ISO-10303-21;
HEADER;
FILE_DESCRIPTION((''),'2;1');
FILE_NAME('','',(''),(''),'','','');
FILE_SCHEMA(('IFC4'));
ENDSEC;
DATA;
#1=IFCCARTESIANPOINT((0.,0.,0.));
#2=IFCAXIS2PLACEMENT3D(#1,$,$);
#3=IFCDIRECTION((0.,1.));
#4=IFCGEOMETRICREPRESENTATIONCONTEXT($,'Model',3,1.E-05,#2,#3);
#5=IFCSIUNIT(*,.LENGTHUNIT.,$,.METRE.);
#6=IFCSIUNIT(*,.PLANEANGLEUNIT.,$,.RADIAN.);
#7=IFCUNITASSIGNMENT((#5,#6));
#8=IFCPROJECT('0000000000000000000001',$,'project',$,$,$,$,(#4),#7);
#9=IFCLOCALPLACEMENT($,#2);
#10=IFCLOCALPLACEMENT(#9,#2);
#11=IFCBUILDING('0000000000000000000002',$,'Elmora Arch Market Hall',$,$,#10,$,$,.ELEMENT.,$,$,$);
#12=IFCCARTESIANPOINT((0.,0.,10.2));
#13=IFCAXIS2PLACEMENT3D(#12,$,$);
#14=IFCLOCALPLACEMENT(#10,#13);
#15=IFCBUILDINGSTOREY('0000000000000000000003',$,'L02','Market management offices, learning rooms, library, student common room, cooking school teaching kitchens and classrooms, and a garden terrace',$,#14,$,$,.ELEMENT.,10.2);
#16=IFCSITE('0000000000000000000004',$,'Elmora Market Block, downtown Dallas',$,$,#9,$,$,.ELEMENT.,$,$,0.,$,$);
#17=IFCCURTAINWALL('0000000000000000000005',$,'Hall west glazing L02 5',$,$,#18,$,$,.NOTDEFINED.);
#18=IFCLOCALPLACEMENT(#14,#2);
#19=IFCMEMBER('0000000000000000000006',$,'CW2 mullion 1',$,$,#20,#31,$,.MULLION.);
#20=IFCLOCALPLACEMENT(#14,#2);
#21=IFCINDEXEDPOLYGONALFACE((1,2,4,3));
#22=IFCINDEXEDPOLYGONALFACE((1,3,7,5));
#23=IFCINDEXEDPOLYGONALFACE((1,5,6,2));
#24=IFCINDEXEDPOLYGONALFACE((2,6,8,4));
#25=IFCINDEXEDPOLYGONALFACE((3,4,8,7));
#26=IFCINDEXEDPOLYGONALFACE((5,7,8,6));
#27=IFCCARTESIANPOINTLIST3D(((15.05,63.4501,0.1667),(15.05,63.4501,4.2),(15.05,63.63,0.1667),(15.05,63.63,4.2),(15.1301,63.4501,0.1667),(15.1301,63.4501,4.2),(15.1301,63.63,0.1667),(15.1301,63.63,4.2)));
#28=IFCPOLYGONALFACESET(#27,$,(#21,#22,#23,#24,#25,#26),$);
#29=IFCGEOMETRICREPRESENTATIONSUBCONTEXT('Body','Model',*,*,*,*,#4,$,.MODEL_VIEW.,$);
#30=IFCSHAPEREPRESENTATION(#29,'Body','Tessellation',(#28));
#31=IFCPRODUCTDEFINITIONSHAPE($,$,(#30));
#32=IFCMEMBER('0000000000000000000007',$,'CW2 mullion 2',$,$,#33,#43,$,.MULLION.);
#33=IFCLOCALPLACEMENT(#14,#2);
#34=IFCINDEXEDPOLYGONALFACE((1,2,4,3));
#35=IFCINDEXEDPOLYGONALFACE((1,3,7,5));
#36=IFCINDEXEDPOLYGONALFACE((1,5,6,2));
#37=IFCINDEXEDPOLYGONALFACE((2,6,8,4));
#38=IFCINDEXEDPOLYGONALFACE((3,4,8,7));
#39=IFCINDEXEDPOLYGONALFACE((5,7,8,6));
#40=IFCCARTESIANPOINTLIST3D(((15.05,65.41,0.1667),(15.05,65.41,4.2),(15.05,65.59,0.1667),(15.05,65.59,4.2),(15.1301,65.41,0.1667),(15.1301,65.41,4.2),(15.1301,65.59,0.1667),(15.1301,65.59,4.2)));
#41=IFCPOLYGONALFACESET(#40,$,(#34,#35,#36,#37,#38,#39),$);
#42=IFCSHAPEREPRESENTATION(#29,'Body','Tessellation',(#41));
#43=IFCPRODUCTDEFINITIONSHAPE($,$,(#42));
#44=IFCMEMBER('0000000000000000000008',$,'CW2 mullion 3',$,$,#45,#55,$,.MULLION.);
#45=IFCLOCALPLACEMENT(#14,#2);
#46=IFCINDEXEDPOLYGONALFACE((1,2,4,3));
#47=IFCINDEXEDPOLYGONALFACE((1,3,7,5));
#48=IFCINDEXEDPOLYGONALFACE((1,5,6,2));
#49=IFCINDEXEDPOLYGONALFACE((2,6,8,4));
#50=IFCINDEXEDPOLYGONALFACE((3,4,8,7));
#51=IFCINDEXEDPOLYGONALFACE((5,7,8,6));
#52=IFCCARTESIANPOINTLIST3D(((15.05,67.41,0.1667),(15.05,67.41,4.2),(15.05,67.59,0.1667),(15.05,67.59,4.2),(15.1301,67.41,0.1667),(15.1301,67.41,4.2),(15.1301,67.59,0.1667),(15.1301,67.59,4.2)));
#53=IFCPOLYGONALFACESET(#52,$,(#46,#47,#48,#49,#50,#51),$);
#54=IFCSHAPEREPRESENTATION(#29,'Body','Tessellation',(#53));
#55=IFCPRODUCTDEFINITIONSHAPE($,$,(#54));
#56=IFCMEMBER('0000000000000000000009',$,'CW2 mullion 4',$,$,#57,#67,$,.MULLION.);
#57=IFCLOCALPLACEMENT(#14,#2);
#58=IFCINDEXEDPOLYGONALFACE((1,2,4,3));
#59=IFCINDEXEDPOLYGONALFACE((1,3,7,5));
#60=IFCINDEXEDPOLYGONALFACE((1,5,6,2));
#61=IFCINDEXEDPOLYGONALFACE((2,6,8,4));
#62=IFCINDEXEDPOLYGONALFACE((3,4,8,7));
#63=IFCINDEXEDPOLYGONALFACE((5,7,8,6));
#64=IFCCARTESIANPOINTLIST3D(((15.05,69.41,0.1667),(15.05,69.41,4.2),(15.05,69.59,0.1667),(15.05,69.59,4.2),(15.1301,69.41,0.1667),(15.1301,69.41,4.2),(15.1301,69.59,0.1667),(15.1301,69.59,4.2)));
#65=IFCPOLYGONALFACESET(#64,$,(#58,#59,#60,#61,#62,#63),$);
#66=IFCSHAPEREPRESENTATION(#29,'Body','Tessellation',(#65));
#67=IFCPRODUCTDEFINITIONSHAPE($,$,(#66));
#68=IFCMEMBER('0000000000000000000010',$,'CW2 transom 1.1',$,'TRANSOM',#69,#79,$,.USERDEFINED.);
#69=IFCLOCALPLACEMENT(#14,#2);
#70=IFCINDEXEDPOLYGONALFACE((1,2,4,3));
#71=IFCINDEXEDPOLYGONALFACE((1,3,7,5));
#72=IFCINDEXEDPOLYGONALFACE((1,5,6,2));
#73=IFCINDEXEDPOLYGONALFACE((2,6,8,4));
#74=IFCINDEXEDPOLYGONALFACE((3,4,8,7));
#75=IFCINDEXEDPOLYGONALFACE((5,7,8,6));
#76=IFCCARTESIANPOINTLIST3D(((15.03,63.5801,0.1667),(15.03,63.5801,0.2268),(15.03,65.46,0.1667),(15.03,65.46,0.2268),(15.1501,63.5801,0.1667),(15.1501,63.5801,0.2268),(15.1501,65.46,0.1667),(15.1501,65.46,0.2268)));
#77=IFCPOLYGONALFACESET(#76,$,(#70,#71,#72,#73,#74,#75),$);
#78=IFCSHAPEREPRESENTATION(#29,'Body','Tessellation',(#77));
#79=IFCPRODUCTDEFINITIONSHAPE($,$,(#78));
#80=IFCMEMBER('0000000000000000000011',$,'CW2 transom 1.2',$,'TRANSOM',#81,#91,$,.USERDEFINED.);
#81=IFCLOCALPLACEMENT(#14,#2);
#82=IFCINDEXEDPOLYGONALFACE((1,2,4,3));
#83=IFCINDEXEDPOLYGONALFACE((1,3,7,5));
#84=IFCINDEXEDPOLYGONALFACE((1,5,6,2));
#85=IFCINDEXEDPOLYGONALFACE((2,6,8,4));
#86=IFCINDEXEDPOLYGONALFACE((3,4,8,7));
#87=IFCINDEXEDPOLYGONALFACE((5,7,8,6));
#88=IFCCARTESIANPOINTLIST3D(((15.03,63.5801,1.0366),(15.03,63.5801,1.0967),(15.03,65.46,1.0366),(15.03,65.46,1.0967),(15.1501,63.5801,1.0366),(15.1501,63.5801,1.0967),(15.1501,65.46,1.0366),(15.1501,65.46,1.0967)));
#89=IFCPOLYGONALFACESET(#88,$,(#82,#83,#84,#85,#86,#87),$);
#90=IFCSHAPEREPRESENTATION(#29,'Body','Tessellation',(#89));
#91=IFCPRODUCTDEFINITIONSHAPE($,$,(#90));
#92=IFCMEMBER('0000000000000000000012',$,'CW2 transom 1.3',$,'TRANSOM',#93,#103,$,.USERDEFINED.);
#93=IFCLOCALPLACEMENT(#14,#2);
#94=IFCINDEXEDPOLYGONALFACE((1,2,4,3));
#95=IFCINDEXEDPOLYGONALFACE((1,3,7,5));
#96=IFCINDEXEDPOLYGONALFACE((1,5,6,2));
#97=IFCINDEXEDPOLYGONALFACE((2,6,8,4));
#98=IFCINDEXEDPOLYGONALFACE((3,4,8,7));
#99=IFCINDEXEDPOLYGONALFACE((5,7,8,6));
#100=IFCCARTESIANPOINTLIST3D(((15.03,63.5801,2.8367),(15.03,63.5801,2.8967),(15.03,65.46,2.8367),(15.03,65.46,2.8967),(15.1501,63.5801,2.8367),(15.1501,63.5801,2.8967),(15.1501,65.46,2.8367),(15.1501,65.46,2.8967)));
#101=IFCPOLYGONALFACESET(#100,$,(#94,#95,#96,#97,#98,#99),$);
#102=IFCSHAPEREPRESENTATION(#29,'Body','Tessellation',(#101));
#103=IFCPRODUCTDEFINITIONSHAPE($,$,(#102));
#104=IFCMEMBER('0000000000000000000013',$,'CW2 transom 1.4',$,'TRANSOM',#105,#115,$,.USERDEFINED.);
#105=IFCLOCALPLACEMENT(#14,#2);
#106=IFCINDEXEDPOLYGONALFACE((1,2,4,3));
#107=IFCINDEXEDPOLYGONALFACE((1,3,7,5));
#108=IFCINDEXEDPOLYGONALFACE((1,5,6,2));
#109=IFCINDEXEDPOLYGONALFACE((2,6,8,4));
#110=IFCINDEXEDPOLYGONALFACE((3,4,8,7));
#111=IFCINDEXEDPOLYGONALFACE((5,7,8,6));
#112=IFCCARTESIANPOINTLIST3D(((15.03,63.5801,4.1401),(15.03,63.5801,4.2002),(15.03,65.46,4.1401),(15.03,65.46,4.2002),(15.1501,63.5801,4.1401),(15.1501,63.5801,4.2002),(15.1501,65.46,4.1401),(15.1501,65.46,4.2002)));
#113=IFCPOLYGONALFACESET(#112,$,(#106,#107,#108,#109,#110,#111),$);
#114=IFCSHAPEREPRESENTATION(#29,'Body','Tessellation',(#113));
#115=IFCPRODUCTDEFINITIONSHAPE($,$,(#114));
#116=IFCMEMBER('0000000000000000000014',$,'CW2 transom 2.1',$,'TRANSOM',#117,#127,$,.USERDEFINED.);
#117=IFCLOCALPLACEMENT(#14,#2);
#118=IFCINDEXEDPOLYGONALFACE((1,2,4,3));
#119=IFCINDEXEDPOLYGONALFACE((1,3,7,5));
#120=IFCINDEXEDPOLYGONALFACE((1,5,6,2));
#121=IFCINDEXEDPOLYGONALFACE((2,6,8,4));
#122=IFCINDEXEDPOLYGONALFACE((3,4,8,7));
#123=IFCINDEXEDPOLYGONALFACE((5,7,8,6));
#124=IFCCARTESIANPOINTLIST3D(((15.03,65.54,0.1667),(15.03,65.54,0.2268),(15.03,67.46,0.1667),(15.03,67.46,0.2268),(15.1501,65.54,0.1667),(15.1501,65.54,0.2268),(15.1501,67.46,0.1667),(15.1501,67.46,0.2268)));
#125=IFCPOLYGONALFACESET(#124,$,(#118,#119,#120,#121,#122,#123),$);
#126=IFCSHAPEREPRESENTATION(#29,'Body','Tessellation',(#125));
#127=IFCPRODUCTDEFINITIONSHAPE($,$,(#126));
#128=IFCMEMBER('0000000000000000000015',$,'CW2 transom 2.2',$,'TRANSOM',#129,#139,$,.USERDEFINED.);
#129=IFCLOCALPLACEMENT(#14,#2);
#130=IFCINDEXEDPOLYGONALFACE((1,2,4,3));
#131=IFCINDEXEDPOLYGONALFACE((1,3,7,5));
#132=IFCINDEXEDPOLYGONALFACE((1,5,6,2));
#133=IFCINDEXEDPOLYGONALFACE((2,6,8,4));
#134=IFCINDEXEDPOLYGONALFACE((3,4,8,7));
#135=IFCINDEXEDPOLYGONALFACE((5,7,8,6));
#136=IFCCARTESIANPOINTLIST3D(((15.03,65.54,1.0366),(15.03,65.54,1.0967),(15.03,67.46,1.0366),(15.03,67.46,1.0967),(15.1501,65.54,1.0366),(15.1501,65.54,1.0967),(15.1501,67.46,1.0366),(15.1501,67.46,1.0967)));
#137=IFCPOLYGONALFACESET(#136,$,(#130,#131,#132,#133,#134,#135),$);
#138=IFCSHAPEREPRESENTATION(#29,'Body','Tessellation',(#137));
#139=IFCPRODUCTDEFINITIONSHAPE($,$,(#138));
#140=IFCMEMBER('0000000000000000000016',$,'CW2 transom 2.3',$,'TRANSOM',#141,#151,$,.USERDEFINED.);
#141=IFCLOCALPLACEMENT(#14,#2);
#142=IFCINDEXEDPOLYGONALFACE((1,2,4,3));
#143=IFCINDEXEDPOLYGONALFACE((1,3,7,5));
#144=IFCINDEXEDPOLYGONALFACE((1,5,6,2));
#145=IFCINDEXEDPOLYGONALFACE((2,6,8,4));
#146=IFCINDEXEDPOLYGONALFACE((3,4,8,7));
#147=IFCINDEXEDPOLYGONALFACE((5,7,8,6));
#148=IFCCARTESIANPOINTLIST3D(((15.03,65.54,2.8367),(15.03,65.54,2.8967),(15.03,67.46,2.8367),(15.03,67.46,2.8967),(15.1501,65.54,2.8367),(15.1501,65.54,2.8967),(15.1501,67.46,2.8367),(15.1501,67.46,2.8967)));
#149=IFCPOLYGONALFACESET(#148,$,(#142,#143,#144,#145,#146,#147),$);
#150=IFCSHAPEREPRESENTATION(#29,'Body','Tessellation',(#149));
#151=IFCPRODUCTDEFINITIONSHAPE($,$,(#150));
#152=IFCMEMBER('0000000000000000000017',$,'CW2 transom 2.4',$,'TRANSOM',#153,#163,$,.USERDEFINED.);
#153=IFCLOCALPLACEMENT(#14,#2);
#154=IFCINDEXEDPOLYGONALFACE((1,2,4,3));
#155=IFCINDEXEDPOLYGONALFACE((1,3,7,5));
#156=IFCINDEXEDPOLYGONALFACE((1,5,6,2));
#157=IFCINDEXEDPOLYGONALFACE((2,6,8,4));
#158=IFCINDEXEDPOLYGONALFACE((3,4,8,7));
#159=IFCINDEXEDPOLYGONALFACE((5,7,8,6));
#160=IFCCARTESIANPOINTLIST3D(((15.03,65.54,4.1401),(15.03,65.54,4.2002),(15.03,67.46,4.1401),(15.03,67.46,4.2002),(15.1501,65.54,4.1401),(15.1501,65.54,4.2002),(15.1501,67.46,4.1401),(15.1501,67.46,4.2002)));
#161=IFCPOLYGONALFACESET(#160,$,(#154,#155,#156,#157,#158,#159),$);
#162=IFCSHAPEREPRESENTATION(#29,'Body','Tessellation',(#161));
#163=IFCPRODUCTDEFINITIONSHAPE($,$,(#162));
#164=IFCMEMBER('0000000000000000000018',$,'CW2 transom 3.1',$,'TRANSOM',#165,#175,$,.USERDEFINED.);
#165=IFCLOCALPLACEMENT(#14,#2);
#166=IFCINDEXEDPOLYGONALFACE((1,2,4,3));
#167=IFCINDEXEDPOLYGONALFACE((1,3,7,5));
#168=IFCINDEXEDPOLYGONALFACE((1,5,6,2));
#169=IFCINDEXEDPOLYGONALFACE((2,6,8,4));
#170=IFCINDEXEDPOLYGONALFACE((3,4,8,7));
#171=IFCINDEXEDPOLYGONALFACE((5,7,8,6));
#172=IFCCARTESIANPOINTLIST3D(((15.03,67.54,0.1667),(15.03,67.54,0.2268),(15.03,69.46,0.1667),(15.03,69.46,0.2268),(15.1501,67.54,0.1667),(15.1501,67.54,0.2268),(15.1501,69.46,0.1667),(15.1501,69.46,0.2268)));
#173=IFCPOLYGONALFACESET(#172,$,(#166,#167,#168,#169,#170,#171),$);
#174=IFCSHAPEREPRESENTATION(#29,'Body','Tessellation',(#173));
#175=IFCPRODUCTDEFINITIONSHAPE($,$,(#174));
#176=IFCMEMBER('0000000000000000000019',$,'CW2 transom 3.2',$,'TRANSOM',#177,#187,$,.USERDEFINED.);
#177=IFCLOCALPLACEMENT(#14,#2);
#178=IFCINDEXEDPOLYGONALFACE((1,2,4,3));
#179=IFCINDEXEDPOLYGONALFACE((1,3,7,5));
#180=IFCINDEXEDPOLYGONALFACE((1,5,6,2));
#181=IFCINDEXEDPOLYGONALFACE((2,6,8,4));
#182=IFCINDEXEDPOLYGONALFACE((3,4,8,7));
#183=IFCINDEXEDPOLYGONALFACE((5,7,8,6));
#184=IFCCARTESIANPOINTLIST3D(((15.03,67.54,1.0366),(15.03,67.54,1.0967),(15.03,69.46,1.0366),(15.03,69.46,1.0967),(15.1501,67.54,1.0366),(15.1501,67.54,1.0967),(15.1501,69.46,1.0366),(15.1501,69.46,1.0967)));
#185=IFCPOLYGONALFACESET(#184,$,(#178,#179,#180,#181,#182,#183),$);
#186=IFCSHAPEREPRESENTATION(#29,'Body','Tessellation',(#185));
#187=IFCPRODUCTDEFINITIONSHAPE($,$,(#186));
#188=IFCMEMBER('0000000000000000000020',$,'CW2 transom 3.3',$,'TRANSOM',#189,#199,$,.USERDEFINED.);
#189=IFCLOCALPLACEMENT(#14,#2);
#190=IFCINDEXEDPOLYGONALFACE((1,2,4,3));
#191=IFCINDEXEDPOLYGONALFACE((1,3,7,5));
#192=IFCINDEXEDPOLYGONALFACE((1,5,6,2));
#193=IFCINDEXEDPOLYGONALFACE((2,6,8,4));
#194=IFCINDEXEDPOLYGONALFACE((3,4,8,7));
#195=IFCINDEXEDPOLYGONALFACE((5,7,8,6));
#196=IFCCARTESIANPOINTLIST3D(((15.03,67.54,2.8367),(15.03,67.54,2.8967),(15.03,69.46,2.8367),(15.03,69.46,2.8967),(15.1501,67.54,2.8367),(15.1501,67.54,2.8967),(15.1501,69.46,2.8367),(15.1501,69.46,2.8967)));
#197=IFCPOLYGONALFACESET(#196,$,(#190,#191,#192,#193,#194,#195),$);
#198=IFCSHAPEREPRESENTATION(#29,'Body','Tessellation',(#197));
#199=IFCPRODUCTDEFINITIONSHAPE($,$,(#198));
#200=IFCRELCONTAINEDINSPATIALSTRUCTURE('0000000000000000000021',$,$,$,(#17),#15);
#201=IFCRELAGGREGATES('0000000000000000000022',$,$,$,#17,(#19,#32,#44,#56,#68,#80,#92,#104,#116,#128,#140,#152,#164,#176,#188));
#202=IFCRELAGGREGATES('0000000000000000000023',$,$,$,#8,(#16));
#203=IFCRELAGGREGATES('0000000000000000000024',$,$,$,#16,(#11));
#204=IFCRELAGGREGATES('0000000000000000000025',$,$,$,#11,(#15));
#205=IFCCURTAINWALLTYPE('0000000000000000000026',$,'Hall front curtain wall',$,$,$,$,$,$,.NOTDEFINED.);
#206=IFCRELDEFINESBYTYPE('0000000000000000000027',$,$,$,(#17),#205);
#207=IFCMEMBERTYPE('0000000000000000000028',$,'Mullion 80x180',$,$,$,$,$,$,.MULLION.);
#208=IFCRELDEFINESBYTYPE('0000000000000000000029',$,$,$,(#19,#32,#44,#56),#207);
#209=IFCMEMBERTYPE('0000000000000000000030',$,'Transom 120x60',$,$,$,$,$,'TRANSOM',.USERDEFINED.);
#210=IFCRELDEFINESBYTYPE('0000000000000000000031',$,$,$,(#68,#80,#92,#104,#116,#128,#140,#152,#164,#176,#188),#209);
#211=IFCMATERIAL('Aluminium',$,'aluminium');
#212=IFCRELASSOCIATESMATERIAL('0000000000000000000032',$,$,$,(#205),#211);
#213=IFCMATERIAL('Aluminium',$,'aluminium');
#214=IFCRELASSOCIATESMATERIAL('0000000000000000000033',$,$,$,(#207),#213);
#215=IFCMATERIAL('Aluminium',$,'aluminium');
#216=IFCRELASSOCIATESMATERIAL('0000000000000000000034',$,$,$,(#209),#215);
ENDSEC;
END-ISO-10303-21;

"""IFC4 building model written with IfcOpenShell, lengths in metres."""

from ifc_helpers import new_model, si_unit, direction, frame, origin, origin_2d, place, context, subcontext, project, spatial, rectangle, extrude, material, material_profile, profile_set, type_object, element, aggregate, save


model = new_model("IFC4")

# Units and contexts
model_context = context("Model", 3, precision=1e-05, world=origin(), true_north=direction((0.0, 1.0)))
body_context = subcontext(model_context, "Body", "Model", "MODEL_VIEW")
ifc_project = project(units=[si_unit("LENGTHUNIT", "METRE"), si_unit("PLANEANGLEUNIT", "RADIAN")], contexts=[model_context])

# Site, building, storey
site_placement = place(None, origin())
site = spatial("IfcSite", under=ifc_project, at=site_placement, Name="Elmora Market Block, downtown Dallas", CompositionType="ELEMENT", RefElevation=0.0)
building_placement = place(site_placement, origin())
building = spatial("IfcBuilding", under=site, at=building_placement, Name="Elmora Arch Market Hall", CompositionType="ELEMENT")
storey_placement = place(building_placement, frame((0.0, 0.0, 10.2)))
storey = spatial("IfcBuildingStorey", under=building, at=storey_placement, Name="L02", Description="Market management offices, learning rooms, library, student common room, cooking school teaching kitchens and classrooms, and a garden terrace", CompositionType="ELEMENT", Elevation=10.2)

# Curtain wall, members
ifc_material_1 = material(Name="Aluminium", Category="aluminium")
curtain_wall_type = type_object("IfcCurtainWallType", Name="Hall front curtain wall", PredefinedType="NOTDEFINED", material=ifc_material_1)
curtain_wall_placement = place(storey_placement, origin())
curtain_wall = element("IfcCurtainWall", 1, at=curtain_wall_placement, inside=storey, type_object=curtain_wall_type, Name="Hall west glazing L02 5", PredefinedType="NOTDEFINED")
ifc_material_2 = material(Name="Aluminium", Category="aluminium")
ifc_material_profile_1 = material_profile(ifc_material_2, rectangle(XDim=0.0801, YDim=0.1799, at=origin_2d()), Name="AL 80x180")
ifc_profile_set_1 = profile_set([ifc_material_profile_1], Name="Aluminium")
member_type_1 = type_object("IfcMemberType", Name="Mullion 80x180", PredefinedType="MULLION", material=ifc_profile_set_1)
member_1_placement = place(storey_placement, frame((15.0901, 63.54, 0.1667), z_axis=(0.0, 0.0, 1.0), x_axis=(-1.0, 0.0, 0.0)))
member_1 = element("IfcMember", 2, at=member_1_placement, type_object=member_type_1, Name="CW2 mullion 1", PredefinedType="MULLION", context=body_context, shape_type="SweptSolid", body=[
    extrude(rectangle(XDim=0.0801, YDim=0.1799, at=origin_2d()), origin(), (0.0, 0.0, 1.0), 4.0332),
])
member_2_placement = place(storey_placement, frame((15.0901, 65.5, 0.1667), z_axis=(0.0, 0.0, 1.0), x_axis=(-1.0, 0.0, 0.0)))
member_2 = element("IfcMember", 3, at=member_2_placement, type_object=member_type_1, Name="CW2 mullion 2", PredefinedType="MULLION", context=body_context, shape_type="SweptSolid", body=[
    extrude(rectangle(XDim=0.0801, YDim=0.1799, at=origin_2d()), origin(), (0.0, 0.0, 1.0), 4.0332),
])
member_3_placement = place(storey_placement, frame((15.0901, 67.5, 0.1667), z_axis=(0.0, 0.0, 1.0), x_axis=(-1.0, 0.0, 0.0)))
member_3 = element("IfcMember", 4, at=member_3_placement, type_object=member_type_1, Name="CW2 mullion 3", PredefinedType="MULLION", context=body_context, shape_type="SweptSolid", body=[
    extrude(rectangle(XDim=0.0801, YDim=0.1799, at=origin_2d()), origin(), (0.0, 0.0, 1.0), 4.0332),
])
member_4_placement = place(storey_placement, frame((15.0901, 69.5, 0.1667), z_axis=(0.0, 0.0, 1.0), x_axis=(-1.0, 0.0, 0.0)))
member_4 = element("IfcMember", 5, at=member_4_placement, type_object=member_type_1, Name="CW2 mullion 4", PredefinedType="MULLION", context=body_context, shape_type="SweptSolid", body=[
    extrude(rectangle(XDim=0.0801, YDim=0.1799, at=origin_2d()), origin(), (0.0, 0.0, 1.0), 4.0332),
])
ifc_material_3 = material(Name="Aluminium", Category="aluminium")
ifc_material_profile_2 = material_profile(ifc_material_3, rectangle(XDim=0.1201, YDim=0.0601, at=origin_2d()), Name="AL 120x60")
ifc_profile_set_2 = profile_set([ifc_material_profile_2], Name="Aluminium")
member_type_2 = type_object("IfcMemberType", Name="Transom 120x60", ElementType="TRANSOM", PredefinedType="USERDEFINED", material=ifc_profile_set_2)
member_5_placement = place(storey_placement, frame((15.0901, 63.5801, 0.1968), z_axis=(0.0, 1.0, 0.0), x_axis=(-1.0, 0.0, 0.0)))
member_5 = element("IfcMember", 6, at=member_5_placement, type_object=member_type_2, Name="CW2 transom 1.1", ObjectType="TRANSOM", PredefinedType="USERDEFINED", context=body_context, shape_type="SweptSolid", body=[
    extrude(rectangle(XDim=0.1201, YDim=0.0601, at=origin_2d()), origin(), (0.0, 0.0, 1.0), 1.8799),
])
member_6_placement = place(storey_placement, frame((15.0901, 63.5801, 1.0667), z_axis=(0.0, 1.0, 0.0), x_axis=(-1.0, 0.0, 0.0)))
member_6 = element("IfcMember", 7, at=member_6_placement, type_object=member_type_2, Name="CW2 transom 1.2", ObjectType="TRANSOM", PredefinedType="USERDEFINED", context=body_context, shape_type="SweptSolid", body=[
    extrude(rectangle(XDim=0.1201, YDim=0.0601, at=origin_2d()), origin(), (0.0, 0.0, 1.0), 1.8799),
])
member_7_placement = place(storey_placement, frame((15.0901, 63.5801, 2.8667), z_axis=(0.0, 1.0, 0.0), x_axis=(-1.0, 0.0, 0.0)))
member_7 = element("IfcMember", 8, at=member_7_placement, type_object=member_type_2, Name="CW2 transom 1.3", ObjectType="TRANSOM", PredefinedType="USERDEFINED", context=body_context, shape_type="SweptSolid", body=[
    extrude(rectangle(XDim=0.1201, YDim=0.0601, at=origin_2d()), origin(), (0.0, 0.0, 1.0), 1.8799),
])
member_8_placement = place(storey_placement, frame((15.0901, 63.5801, 4.1702), z_axis=(0.0, 1.0, 0.0), x_axis=(-1.0, 0.0, 0.0)))
member_8 = element("IfcMember", 9, at=member_8_placement, type_object=member_type_2, Name="CW2 transom 1.4", ObjectType="TRANSOM", PredefinedType="USERDEFINED", context=body_context, shape_type="SweptSolid", body=[
    extrude(rectangle(XDim=0.1201, YDim=0.0601, at=origin_2d()), origin(), (0.0, 0.0, 1.0), 1.8799),
])
member_9_placement = place(storey_placement, frame((15.0901, 65.54, 0.1968), z_axis=(0.0, 1.0, 0.0), x_axis=(-1.0, 0.0, 0.0)))
member_9 = element("IfcMember", 10, at=member_9_placement, type_object=member_type_2, Name="CW2 transom 2.1", ObjectType="TRANSOM", PredefinedType="USERDEFINED", context=body_context, shape_type="SweptSolid", body=[
    extrude(rectangle(XDim=0.1201, YDim=0.0601, at=origin_2d()), origin(), (0.0, 0.0, 1.0), 1.9199),
])
member_10_placement = place(storey_placement, frame((15.0901, 65.54, 1.0667), z_axis=(0.0, 1.0, 0.0), x_axis=(-1.0, 0.0, 0.0)))
member_10 = element("IfcMember", 11, at=member_10_placement, type_object=member_type_2, Name="CW2 transom 2.2", ObjectType="TRANSOM", PredefinedType="USERDEFINED", context=body_context, shape_type="SweptSolid", body=[
    extrude(rectangle(XDim=0.1201, YDim=0.0601, at=origin_2d()), origin(), (0.0, 0.0, 1.0), 1.9199),
])
member_11_placement = place(storey_placement, frame((15.0901, 65.54, 2.8667), z_axis=(0.0, 1.0, 0.0), x_axis=(-1.0, 0.0, 0.0)))
member_11 = element("IfcMember", 12, at=member_11_placement, type_object=member_type_2, Name="CW2 transom 2.3", ObjectType="TRANSOM", PredefinedType="USERDEFINED", context=body_context, shape_type="SweptSolid", body=[
    extrude(rectangle(XDim=0.1201, YDim=0.0601, at=origin_2d()), origin(), (0.0, 0.0, 1.0), 1.9199),
])
member_12_placement = place(storey_placement, frame((15.0901, 65.54, 4.1702), z_axis=(0.0, 1.0, 0.0), x_axis=(-1.0, 0.0, 0.0)))
member_12 = element("IfcMember", 13, at=member_12_placement, type_object=member_type_2, Name="CW2 transom 2.4", ObjectType="TRANSOM", PredefinedType="USERDEFINED", context=body_context, shape_type="SweptSolid", body=[
    extrude(rectangle(XDim=0.1201, YDim=0.0601, at=origin_2d()), origin(), (0.0, 0.0, 1.0), 1.9199),
])
member_13_placement = place(storey_placement, frame((15.0901, 67.54, 0.1968), z_axis=(0.0, 1.0, 0.0), x_axis=(-1.0, 0.0, 0.0)))
member_13 = element("IfcMember", 14, at=member_13_placement, type_object=member_type_2, Name="CW2 transom 3.1", ObjectType="TRANSOM", PredefinedType="USERDEFINED", context=body_context, shape_type="SweptSolid", body=[
    extrude(rectangle(XDim=0.1201, YDim=0.0601, at=origin_2d()), origin(), (0.0, 0.0, 1.0), 1.9199),
])
member_14_placement = place(storey_placement, frame((15.0901, 67.54, 1.0667), z_axis=(0.0, 1.0, 0.0), x_axis=(-1.0, 0.0, 0.0)))
member_14 = element("IfcMember", 15, at=member_14_placement, type_object=member_type_2, Name="CW2 transom 3.2", ObjectType="TRANSOM", PredefinedType="USERDEFINED", context=body_context, shape_type="SweptSolid", body=[
    extrude(rectangle(XDim=0.1201, YDim=0.0601, at=origin_2d()), origin(), (0.0, 0.0, 1.0), 1.9199),
])
member_15_placement = place(storey_placement, frame((15.0901, 67.54, 2.8667), z_axis=(0.0, 1.0, 0.0), x_axis=(-1.0, 0.0, 0.0)))
member_15 = element("IfcMember", 16, at=member_15_placement, type_object=member_type_2, Name="CW2 transom 3.3", ObjectType="TRANSOM", PredefinedType="USERDEFINED", context=body_context, shape_type="SweptSolid", body=[
    extrude(rectangle(XDim=0.1201, YDim=0.0601, at=origin_2d()), origin(), (0.0, 0.0, 1.0), 1.9199),
])
aggregate(curtain_wall, [member_1, member_2, member_3, member_4, member_5, member_6, member_7, member_8, member_9, member_10, member_11, member_12, member_13, member_14, member_15])

save(model, "model.ifc")
